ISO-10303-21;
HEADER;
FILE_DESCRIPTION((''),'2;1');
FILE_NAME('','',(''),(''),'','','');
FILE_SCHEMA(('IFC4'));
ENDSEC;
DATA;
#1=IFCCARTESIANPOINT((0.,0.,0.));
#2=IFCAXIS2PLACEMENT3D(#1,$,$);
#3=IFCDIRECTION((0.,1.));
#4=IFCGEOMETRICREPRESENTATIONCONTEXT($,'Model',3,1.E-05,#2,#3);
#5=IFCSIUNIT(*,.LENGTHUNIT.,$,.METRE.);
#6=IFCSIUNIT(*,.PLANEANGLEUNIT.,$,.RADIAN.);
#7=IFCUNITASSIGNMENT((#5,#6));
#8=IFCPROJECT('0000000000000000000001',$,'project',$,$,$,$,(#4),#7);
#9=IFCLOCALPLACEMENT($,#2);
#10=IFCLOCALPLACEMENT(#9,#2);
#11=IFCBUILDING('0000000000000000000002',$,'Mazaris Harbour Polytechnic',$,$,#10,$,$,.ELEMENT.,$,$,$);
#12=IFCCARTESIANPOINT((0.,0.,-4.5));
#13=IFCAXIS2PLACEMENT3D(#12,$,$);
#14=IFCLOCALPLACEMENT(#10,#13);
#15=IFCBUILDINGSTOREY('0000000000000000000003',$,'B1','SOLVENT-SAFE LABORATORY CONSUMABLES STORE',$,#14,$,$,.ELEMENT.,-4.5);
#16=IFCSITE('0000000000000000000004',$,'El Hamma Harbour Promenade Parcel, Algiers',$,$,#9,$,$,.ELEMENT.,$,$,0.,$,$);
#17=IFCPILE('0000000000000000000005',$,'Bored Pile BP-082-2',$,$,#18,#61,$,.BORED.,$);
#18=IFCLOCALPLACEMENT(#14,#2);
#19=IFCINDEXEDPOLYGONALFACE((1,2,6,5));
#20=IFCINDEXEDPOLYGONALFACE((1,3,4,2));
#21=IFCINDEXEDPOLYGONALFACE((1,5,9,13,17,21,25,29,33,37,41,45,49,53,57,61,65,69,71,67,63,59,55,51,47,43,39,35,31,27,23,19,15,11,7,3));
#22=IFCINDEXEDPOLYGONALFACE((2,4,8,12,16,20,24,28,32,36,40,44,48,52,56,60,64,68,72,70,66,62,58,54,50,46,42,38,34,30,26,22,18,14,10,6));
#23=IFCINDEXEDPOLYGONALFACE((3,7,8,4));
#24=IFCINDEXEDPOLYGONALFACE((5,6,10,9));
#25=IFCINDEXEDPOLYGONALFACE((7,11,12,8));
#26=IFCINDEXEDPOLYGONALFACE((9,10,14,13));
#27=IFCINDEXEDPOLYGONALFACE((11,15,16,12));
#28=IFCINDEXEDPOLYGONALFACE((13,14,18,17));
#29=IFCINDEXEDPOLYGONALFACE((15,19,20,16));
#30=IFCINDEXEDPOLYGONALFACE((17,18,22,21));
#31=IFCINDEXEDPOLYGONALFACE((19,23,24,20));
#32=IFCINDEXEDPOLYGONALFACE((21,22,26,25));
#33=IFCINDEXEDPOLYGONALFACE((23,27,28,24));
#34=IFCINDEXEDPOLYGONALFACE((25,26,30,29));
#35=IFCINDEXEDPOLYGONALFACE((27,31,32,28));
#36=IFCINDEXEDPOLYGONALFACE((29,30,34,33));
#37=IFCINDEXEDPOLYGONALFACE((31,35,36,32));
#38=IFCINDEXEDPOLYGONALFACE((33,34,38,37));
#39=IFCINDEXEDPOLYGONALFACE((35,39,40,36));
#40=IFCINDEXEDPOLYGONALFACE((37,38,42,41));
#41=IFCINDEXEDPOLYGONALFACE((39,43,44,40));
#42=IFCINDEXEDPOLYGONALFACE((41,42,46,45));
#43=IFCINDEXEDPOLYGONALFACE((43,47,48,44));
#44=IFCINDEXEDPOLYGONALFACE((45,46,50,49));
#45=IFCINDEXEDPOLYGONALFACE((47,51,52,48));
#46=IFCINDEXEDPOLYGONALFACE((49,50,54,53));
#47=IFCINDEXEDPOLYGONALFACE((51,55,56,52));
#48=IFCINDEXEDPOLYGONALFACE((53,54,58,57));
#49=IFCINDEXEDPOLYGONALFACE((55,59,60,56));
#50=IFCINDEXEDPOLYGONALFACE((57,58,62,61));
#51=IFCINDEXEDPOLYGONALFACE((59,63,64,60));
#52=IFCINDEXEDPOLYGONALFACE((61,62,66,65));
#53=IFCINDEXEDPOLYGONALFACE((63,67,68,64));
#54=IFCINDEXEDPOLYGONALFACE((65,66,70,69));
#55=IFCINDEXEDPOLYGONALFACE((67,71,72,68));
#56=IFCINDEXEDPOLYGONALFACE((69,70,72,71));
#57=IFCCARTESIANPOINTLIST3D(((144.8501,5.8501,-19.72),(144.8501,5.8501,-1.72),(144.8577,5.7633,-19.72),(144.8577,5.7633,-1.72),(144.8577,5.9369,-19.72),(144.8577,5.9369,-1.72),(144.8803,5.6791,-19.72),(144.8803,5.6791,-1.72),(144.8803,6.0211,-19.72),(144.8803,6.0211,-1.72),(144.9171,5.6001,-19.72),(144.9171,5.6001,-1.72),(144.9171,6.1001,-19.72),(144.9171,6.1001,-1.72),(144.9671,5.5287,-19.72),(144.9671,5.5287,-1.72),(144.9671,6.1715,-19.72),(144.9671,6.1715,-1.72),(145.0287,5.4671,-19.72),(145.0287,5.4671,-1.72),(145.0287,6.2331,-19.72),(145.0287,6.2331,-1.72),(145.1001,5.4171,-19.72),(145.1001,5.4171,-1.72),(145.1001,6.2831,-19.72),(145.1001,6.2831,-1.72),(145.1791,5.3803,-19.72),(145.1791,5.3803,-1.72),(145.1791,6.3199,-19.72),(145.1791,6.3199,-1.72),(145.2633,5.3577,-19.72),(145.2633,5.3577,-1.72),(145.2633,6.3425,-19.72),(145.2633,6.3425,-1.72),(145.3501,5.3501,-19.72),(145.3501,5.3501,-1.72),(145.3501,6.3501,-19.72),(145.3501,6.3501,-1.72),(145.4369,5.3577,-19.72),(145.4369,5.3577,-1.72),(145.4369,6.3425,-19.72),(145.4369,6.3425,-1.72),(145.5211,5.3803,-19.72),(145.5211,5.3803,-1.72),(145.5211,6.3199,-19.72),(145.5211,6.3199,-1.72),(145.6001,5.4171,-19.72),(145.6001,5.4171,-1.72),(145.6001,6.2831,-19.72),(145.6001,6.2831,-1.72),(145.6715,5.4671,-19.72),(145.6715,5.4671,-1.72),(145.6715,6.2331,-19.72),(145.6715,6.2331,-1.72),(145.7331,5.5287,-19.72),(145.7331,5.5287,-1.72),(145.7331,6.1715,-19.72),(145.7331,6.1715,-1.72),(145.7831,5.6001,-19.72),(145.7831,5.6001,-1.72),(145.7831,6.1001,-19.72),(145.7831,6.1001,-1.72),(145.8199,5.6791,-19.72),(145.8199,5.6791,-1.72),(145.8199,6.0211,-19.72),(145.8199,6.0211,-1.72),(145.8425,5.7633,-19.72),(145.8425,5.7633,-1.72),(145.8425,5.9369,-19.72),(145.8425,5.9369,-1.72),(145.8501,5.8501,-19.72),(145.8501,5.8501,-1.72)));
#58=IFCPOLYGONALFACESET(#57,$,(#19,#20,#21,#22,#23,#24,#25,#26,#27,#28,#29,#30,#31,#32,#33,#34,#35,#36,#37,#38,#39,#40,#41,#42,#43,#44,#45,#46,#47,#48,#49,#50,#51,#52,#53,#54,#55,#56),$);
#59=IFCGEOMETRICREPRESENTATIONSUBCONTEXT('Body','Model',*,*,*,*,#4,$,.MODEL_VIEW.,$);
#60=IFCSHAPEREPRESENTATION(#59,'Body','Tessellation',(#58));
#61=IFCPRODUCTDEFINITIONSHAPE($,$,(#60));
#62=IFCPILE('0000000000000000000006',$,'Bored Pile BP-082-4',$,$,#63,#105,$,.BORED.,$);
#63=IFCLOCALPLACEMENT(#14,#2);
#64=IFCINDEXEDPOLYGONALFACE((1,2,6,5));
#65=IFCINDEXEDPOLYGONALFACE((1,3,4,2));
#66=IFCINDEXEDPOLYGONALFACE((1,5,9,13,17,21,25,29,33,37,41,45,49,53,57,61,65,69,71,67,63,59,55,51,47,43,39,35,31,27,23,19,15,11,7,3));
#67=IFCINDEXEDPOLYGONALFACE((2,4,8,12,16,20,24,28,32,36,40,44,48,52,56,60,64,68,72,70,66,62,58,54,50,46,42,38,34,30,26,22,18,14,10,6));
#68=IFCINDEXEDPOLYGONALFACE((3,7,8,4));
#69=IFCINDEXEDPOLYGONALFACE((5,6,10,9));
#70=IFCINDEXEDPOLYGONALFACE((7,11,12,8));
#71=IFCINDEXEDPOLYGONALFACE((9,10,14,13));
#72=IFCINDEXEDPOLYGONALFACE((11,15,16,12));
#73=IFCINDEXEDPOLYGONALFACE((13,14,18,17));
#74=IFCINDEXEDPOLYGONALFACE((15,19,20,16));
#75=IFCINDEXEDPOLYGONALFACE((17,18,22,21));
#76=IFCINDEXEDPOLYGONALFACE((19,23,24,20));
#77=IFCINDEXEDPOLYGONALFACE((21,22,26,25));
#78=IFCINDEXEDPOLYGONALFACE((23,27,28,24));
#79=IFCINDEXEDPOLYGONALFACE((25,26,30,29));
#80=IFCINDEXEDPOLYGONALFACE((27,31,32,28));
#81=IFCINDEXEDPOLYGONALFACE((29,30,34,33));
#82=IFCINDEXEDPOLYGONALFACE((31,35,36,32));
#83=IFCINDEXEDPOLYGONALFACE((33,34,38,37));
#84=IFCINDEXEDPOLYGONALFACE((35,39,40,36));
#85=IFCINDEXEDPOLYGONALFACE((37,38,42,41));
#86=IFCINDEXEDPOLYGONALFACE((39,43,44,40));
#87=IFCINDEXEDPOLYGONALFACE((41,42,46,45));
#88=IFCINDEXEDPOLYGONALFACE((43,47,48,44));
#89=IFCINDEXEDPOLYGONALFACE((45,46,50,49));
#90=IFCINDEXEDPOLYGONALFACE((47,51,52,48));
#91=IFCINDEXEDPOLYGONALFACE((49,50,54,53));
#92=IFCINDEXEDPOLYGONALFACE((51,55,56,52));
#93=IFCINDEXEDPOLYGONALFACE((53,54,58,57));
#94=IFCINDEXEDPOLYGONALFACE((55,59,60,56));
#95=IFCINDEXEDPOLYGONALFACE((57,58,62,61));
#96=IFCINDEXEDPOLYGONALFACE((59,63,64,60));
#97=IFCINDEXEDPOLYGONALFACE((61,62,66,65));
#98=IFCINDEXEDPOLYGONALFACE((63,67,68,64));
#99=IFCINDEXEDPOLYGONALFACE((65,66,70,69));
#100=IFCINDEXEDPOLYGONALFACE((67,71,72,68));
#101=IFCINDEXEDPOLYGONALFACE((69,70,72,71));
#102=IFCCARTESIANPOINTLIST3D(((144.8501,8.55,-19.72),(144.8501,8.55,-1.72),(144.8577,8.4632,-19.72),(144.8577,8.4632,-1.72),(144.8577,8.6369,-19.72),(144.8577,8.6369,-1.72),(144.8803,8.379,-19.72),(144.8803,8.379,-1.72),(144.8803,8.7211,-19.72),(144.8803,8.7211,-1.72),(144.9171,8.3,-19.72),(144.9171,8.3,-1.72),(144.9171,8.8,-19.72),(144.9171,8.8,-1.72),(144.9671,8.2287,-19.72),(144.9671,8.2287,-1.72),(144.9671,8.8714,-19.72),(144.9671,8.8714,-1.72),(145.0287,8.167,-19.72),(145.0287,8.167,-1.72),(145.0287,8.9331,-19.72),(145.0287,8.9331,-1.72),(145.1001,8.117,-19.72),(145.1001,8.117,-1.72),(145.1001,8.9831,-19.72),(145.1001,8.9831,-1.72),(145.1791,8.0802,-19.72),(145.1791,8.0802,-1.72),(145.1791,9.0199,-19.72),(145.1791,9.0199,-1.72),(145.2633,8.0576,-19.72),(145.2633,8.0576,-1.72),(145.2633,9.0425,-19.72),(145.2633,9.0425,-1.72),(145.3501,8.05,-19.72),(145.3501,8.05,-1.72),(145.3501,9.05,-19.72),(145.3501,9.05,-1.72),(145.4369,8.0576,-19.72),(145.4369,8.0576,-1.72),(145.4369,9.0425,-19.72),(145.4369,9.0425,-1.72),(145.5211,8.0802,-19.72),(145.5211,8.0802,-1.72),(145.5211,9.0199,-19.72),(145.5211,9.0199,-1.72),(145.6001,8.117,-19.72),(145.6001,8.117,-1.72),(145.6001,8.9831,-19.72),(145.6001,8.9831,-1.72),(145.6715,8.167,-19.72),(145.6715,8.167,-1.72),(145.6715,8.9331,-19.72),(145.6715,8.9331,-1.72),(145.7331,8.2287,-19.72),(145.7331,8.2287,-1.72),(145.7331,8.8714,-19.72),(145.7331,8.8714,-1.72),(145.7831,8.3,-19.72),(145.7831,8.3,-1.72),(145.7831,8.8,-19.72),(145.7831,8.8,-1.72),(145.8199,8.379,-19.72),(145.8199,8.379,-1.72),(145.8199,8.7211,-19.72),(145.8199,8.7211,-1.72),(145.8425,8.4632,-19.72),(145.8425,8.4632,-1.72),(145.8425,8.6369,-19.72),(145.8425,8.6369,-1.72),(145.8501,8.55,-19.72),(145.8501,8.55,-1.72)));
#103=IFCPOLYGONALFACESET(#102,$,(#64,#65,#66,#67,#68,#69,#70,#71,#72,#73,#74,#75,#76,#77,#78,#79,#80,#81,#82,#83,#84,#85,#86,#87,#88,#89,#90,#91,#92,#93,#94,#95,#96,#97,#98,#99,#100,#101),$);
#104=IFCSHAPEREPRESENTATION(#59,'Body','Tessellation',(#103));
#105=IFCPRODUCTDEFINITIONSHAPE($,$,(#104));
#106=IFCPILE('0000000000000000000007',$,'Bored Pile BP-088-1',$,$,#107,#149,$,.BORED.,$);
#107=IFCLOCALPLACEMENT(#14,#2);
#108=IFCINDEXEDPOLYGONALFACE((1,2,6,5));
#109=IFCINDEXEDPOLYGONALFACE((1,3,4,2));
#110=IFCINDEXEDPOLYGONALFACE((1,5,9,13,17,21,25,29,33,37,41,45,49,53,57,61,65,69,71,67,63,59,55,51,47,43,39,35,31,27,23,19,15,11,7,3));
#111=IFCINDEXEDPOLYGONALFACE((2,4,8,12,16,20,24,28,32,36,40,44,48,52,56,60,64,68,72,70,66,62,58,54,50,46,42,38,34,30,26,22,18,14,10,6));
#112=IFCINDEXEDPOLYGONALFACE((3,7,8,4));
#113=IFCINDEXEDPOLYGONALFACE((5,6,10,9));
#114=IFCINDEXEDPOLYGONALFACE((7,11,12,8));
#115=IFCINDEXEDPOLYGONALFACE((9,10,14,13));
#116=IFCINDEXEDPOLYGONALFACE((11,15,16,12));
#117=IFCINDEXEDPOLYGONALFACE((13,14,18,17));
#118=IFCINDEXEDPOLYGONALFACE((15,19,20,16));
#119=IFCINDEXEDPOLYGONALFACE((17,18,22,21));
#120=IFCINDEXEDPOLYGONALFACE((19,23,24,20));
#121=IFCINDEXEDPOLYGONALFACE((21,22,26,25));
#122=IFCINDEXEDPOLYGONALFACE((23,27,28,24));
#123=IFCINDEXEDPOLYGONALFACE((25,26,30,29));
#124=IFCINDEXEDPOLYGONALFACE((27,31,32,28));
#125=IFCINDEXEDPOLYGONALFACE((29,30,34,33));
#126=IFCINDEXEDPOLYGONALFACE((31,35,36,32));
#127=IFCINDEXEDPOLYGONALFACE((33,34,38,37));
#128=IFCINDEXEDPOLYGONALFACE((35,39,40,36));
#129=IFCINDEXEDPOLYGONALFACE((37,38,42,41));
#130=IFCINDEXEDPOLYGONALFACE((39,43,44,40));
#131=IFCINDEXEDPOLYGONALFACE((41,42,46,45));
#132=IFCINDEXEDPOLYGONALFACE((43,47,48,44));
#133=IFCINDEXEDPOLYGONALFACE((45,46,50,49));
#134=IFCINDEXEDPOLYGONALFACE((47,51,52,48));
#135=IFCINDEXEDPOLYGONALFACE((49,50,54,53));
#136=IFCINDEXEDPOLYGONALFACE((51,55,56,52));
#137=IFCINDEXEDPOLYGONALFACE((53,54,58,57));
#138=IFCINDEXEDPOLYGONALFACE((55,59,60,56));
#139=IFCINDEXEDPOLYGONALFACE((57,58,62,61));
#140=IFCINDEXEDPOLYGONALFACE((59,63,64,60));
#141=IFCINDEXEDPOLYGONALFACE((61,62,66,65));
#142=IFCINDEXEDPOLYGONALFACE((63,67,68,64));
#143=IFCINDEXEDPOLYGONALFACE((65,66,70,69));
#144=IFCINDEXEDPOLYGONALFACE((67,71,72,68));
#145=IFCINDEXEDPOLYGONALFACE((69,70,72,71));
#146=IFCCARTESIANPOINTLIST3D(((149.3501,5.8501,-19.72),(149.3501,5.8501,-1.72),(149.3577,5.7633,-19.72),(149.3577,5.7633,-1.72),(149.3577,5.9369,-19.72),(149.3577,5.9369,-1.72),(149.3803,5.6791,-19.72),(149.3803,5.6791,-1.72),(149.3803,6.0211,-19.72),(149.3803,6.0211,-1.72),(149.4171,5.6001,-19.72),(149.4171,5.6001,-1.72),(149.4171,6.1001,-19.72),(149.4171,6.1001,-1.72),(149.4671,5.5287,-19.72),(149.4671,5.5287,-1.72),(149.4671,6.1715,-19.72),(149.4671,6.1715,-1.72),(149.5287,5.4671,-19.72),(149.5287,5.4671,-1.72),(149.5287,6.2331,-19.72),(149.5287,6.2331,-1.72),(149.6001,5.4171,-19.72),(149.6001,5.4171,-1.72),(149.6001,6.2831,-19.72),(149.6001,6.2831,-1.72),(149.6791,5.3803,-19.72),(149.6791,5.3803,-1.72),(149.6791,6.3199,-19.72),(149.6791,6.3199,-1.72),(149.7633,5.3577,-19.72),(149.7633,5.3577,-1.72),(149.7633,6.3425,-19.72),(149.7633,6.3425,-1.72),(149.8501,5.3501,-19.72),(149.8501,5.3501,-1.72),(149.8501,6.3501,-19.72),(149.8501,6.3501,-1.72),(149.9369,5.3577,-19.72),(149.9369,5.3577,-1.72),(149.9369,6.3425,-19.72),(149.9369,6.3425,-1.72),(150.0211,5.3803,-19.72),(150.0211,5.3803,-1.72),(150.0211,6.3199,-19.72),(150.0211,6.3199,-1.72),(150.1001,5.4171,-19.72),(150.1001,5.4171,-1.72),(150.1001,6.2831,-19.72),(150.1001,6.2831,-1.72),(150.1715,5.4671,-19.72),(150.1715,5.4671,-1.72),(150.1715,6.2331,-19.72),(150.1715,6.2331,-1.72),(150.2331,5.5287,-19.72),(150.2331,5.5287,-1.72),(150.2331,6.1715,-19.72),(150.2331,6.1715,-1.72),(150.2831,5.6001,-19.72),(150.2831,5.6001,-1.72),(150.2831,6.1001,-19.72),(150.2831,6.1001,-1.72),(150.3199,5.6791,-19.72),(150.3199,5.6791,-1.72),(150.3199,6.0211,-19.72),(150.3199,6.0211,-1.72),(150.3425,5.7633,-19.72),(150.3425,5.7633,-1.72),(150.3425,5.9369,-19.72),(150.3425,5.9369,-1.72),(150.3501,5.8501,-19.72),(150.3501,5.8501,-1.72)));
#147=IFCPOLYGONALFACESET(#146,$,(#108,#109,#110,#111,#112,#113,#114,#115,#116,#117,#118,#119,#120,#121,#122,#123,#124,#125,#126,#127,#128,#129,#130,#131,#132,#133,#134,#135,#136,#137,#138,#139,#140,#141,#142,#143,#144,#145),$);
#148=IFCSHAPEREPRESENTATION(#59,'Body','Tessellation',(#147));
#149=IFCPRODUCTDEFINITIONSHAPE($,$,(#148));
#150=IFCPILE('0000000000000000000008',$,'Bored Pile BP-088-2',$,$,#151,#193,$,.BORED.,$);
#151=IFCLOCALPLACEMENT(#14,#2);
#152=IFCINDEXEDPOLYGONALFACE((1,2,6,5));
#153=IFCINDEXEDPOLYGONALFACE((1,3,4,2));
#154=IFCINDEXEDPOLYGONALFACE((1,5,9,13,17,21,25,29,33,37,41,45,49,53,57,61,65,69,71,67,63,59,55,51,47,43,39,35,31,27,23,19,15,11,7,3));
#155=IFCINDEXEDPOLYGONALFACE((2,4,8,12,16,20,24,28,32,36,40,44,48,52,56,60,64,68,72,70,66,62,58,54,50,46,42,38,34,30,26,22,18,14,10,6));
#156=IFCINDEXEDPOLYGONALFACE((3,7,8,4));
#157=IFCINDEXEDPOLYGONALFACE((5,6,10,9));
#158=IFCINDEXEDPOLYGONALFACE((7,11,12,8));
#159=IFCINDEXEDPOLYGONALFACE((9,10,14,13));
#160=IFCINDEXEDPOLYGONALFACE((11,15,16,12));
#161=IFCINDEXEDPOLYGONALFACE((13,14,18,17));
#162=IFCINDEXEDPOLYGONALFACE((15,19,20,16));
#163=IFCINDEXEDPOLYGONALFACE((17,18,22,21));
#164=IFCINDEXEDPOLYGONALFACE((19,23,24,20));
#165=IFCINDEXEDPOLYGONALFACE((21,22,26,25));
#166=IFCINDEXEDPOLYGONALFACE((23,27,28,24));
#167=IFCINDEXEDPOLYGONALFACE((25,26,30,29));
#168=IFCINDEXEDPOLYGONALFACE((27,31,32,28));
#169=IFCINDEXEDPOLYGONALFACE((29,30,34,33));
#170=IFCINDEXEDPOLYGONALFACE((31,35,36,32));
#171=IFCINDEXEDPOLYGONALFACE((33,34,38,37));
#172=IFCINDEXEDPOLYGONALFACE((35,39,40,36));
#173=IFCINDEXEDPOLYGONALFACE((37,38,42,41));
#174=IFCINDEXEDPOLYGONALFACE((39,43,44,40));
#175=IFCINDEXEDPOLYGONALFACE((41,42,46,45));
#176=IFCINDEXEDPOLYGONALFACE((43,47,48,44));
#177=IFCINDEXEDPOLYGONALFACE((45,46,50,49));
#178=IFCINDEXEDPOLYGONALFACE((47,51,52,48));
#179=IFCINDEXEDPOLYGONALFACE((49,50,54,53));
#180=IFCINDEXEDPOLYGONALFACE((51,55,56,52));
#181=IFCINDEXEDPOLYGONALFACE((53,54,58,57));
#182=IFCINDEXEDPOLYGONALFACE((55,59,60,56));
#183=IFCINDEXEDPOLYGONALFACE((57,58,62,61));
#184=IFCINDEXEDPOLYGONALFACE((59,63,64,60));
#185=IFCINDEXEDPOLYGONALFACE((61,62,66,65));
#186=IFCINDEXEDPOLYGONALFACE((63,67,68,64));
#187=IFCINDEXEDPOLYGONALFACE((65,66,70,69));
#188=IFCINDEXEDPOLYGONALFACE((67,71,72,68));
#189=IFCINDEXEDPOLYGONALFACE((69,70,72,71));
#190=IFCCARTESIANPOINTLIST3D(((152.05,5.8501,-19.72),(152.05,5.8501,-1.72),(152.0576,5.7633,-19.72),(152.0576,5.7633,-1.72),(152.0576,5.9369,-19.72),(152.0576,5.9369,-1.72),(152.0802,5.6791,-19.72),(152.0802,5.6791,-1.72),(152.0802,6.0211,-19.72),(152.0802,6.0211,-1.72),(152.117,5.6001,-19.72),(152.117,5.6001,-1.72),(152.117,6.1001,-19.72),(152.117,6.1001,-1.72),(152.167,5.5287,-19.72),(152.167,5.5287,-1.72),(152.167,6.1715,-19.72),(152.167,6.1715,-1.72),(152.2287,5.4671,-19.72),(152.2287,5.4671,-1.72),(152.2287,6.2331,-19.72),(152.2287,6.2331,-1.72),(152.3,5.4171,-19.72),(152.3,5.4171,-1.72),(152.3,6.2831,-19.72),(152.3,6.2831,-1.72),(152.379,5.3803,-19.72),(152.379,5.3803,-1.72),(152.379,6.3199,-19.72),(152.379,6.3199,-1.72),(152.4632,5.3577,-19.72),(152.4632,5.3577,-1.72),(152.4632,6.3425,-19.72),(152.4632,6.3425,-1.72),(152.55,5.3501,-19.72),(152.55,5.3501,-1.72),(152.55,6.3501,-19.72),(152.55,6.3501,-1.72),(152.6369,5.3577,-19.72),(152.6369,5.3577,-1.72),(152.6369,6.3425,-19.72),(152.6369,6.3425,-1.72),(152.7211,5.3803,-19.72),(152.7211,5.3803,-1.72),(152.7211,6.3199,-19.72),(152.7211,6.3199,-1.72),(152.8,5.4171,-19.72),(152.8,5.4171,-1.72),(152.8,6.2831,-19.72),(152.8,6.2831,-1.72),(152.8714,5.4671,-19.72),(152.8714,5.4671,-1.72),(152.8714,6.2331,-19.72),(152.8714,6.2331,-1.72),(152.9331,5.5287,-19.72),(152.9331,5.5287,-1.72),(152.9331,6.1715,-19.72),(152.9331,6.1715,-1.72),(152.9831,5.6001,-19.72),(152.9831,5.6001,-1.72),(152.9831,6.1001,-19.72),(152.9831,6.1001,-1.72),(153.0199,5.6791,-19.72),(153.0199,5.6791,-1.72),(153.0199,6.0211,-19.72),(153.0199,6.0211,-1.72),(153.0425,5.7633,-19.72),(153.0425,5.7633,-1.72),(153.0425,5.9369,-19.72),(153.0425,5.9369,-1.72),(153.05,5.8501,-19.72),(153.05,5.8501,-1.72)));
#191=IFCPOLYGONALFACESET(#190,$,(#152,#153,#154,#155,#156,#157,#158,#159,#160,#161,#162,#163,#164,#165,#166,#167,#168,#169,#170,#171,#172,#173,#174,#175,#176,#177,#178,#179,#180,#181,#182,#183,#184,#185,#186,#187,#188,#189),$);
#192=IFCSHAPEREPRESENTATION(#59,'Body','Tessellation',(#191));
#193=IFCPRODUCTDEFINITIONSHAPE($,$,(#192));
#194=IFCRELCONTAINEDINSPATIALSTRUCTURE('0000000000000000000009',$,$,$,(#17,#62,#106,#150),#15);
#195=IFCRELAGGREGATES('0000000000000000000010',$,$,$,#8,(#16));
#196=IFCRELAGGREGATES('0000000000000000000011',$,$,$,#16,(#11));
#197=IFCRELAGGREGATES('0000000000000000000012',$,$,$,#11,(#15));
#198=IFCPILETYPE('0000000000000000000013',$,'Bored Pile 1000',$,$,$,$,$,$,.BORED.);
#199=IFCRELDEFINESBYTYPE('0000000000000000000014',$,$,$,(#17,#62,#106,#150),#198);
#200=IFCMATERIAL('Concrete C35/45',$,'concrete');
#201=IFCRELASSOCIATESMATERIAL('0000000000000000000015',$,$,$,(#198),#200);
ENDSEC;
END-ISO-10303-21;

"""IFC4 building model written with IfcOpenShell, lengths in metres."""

from ifc_helpers import new_model, si_unit, direction, frame, origin, origin_2d, place, context, subcontext, project, spatial, circle, extrude, material, material_profile, profile_set, type_object, element, save


model = new_model("IFC4")

# Units and contexts
model_context = context("Model", 3, precision=1e-05, world=origin(), true_north=direction((0.0, 1.0)))
body_context = subcontext(model_context, "Body", "Model", "MODEL_VIEW")
ifc_project = project(units=[si_unit("LENGTHUNIT", "METRE"), si_unit("PLANEANGLEUNIT", "RADIAN")], contexts=[model_context])

# Site, building, storey
site_placement = place(None, origin())
site = spatial("IfcSite", under=ifc_project, at=site_placement, Name="El Hamma Harbour Promenade Parcel, Algiers", CompositionType="ELEMENT", RefElevation=0.0)
building_placement = place(site_placement, origin())
building = spatial("IfcBuilding", under=site, at=building_placement, Name="Mazaris Harbour Polytechnic", CompositionType="ELEMENT")
storey_placement = place(building_placement, frame((0.0, 0.0, -4.5)))
storey = spatial("IfcBuildingStorey", under=building, at=storey_placement, Name="B1", Description="SOLVENT-SAFE LABORATORY CONSUMABLES STORE", CompositionType="ELEMENT", Elevation=-4.5)

# Piles
ifc_material_1 = material(Name="Concrete C35/45", Category="concrete")
ifc_material_profile_1 = material_profile(ifc_material_1, circle(Radius=0.5, at=origin_2d()), Name="DIA1000")
ifc_profile_set_1 = profile_set([ifc_material_profile_1], Name="Concrete C35/45")
pile_type = type_object("IfcPileType", Name="Bored Pile 1000", PredefinedType="BORED", material=ifc_profile_set_1)
for number, where, z_axis, x_axis, name in (
    (1, (145.3501, 5.8501, -1.72), (0.0, 0.0, -1.0), (1.0, 0.0, 0.0), "Bored Pile BP-082-2"),
    (2, (145.3501, 8.55, -1.72), (0.0, 0.0, -1.0), (1.0, 0.0, 0.0), "Bored Pile BP-082-4"),
    (3, (149.8501, 5.8501, -1.72), (0.0, 0.0, -1.0), (1.0, 0.0, 0.0), "Bored Pile BP-088-1"),
    (4, (152.55, 5.8501, -1.72), (0.0, 0.0, -1.0), (1.0, 0.0, 0.0), "Bored Pile BP-088-2"),
):
    element("IfcPile", number, at=place(storey_placement, frame(where, z_axis=z_axis, x_axis=x_axis)), inside=storey, type_object=pile_type, Name=name, PredefinedType="BORED", context=body_context, shape_type="SweptSolid", body=[
        extrude(circle(Radius=0.5, at=origin_2d()), origin(), (0.0, 0.0, 1.0), 18.0),
    ])

save(model, "model.ifc")
